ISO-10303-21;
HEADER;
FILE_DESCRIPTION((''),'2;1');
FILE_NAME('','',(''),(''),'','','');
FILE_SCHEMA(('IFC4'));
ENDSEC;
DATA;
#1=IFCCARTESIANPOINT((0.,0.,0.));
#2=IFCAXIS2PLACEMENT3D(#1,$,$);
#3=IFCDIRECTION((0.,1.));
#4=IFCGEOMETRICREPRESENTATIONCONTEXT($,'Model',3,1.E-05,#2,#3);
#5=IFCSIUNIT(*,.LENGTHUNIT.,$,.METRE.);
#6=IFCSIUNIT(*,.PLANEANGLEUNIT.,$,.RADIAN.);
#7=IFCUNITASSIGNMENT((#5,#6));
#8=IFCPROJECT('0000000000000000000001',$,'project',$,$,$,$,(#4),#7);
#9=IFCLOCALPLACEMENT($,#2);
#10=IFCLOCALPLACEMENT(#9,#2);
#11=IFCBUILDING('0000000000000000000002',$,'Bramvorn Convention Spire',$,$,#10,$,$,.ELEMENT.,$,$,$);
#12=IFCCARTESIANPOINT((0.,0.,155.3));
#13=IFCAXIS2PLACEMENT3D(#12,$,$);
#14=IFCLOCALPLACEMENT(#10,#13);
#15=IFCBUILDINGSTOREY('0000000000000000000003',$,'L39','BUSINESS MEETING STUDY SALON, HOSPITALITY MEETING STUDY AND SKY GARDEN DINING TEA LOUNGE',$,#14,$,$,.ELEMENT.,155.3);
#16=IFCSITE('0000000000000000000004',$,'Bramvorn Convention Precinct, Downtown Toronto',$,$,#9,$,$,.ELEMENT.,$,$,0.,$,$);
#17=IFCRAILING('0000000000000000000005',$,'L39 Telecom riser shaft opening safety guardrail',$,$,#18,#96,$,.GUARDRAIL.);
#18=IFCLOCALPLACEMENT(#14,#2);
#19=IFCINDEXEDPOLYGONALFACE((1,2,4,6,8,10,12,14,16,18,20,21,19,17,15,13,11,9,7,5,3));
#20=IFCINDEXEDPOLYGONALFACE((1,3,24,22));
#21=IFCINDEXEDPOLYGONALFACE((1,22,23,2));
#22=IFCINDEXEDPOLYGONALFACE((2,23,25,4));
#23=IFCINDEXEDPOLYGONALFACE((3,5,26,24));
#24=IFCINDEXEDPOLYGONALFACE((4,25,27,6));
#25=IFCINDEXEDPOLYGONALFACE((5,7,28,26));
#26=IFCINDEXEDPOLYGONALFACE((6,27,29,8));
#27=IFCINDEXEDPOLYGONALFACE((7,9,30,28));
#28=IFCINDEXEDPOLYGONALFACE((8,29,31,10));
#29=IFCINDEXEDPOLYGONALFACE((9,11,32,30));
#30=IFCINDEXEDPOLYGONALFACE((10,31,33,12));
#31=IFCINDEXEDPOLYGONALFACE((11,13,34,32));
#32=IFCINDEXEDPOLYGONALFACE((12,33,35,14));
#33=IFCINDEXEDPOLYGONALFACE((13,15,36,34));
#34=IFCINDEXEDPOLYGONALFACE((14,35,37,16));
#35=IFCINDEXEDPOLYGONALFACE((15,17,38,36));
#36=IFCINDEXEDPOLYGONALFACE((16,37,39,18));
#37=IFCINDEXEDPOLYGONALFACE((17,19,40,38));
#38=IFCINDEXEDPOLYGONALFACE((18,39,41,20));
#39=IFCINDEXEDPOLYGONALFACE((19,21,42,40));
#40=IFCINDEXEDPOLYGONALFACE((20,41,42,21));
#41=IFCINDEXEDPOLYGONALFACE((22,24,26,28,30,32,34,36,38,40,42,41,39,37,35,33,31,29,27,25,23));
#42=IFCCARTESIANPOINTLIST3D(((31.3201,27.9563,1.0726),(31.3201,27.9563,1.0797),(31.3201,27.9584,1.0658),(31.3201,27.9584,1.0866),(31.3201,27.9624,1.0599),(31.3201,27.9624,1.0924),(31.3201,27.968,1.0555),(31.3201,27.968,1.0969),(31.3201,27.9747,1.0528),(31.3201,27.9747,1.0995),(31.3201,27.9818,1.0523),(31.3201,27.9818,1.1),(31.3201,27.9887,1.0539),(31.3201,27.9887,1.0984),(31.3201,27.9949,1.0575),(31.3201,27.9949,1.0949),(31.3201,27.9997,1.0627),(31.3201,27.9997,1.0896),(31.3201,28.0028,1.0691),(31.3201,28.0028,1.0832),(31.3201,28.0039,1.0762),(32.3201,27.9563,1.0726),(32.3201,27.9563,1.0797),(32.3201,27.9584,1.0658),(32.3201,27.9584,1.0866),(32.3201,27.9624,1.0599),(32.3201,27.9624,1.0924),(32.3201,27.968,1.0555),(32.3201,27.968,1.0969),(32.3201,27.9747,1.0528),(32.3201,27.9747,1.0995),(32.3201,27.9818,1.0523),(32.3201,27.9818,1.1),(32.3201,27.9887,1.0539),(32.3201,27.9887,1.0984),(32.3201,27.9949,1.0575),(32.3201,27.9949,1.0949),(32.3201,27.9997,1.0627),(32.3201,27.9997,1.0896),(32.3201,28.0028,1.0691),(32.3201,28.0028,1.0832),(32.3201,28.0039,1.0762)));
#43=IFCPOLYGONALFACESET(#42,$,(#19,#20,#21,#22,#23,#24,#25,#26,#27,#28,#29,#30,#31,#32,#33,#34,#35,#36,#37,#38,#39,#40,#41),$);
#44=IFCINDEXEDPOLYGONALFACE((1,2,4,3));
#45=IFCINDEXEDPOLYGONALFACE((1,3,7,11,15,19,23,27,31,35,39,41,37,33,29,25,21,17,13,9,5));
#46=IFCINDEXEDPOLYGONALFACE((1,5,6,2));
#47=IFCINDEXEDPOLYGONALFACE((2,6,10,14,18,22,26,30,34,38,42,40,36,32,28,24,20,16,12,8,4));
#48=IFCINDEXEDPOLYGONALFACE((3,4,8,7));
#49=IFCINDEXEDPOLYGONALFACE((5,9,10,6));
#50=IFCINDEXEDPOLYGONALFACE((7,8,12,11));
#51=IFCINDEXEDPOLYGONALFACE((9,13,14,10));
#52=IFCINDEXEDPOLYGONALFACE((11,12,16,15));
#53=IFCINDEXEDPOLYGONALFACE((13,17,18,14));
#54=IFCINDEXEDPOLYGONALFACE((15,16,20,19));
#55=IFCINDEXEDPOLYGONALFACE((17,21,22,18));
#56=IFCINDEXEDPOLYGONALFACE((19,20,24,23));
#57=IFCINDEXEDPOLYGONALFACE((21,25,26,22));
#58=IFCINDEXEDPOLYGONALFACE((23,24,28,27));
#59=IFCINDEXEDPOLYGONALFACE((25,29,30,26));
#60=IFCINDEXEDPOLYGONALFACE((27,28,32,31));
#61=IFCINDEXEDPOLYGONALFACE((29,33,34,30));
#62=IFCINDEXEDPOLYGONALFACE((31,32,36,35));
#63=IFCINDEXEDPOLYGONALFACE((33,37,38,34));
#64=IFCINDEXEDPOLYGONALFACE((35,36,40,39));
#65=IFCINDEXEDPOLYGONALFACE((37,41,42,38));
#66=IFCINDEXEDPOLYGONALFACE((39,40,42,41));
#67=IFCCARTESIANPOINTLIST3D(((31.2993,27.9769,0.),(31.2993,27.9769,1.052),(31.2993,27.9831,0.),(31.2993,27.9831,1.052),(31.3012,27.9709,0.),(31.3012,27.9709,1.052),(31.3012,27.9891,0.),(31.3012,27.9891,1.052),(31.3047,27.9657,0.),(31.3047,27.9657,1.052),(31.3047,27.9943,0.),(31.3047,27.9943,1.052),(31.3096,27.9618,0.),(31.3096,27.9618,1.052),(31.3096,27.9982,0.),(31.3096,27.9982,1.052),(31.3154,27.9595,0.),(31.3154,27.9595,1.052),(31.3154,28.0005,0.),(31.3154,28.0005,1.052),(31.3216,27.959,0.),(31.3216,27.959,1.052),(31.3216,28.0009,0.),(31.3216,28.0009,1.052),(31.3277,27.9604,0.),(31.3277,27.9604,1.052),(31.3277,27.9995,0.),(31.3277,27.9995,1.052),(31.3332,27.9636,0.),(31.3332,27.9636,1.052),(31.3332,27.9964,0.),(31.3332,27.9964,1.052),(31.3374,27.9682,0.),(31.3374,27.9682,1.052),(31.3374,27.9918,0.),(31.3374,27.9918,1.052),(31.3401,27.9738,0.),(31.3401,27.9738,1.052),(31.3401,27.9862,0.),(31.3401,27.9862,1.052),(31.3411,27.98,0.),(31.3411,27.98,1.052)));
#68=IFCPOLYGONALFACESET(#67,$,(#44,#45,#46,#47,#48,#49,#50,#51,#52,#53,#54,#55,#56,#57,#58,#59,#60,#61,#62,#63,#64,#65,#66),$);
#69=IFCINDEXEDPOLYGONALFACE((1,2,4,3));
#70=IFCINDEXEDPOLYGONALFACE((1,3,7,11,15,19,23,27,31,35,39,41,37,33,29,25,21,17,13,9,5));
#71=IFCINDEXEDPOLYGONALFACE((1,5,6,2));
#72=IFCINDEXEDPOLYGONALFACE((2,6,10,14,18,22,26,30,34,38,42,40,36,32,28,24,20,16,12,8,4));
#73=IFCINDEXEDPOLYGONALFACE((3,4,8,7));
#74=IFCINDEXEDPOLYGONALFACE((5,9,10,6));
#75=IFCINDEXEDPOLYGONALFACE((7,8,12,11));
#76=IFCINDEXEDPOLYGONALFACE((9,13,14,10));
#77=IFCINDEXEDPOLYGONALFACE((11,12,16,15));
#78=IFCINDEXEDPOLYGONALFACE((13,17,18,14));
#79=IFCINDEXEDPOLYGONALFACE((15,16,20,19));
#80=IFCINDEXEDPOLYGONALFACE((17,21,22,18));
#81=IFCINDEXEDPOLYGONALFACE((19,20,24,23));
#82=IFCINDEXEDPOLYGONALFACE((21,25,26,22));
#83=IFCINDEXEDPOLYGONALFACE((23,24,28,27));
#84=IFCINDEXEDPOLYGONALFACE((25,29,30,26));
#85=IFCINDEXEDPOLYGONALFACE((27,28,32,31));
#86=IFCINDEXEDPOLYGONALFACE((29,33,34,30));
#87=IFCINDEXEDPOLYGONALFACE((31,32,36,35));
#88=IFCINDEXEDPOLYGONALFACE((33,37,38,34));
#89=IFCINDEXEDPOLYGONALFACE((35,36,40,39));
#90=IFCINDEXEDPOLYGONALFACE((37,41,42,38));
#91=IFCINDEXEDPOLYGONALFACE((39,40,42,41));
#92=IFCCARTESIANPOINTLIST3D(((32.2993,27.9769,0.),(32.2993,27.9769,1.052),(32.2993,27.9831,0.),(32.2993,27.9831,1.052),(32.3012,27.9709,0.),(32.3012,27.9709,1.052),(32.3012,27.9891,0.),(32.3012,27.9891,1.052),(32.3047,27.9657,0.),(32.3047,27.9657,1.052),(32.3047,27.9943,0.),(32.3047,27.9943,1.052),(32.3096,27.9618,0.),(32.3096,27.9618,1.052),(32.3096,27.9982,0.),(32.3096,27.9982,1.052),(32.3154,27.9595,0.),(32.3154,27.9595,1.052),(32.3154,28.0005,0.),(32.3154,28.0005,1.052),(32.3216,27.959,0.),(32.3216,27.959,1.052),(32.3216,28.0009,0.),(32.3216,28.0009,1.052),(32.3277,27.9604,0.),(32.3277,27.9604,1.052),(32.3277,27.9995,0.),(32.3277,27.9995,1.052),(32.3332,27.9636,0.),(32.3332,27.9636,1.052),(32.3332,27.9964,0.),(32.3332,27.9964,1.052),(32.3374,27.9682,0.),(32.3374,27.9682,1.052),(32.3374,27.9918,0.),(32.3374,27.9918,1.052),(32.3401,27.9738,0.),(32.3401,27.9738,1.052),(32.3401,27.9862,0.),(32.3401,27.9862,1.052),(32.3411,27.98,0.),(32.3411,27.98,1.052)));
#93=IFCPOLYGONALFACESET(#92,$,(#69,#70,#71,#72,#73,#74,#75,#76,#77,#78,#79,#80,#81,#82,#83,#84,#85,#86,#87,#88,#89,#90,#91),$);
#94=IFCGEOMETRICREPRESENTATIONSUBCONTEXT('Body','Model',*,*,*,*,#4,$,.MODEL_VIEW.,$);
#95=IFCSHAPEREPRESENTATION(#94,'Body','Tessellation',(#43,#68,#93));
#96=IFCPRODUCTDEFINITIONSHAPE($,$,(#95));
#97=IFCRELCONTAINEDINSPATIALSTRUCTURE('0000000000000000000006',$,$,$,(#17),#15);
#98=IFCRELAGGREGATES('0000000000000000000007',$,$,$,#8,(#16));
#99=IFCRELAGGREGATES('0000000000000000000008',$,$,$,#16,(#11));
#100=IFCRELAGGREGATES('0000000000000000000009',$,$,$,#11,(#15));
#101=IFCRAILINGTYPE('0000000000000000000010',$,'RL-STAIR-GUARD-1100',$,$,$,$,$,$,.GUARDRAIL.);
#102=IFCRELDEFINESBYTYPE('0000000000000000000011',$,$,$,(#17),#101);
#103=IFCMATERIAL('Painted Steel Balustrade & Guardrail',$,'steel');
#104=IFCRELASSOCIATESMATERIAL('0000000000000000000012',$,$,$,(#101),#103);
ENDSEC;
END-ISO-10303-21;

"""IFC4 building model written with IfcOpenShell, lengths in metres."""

from ifc_helpers import new_model, si_unit, direction, frame, origin, origin_2d, place, context, subcontext, project, spatial, circle, extrude, material, type_object, element, save


model = new_model("IFC4")

# Units and contexts
model_context = context("Model", 3, precision=1e-05, world=origin(), true_north=direction((0.0, 1.0)))
body_context = subcontext(model_context, "Body", "Model", "MODEL_VIEW")
ifc_project = project(units=[si_unit("LENGTHUNIT", "METRE"), si_unit("PLANEANGLEUNIT", "RADIAN")], contexts=[model_context])

# Site, building, storey
site_placement = place(None, origin())
site = spatial("IfcSite", under=ifc_project, at=site_placement, Name="Bramvorn Convention Precinct, Downtown Toronto", CompositionType="ELEMENT", RefElevation=0.0)
building_placement = place(site_placement, origin())
building = spatial("IfcBuilding", under=site, at=building_placement, Name="Bramvorn Convention Spire", CompositionType="ELEMENT")
storey_placement = place(building_placement, frame((0.0, 0.0, 155.3)))
storey = spatial("IfcBuildingStorey", under=building, at=storey_placement, Name="L39", Description="BUSINESS MEETING STUDY SALON, HOSPITALITY MEETING STUDY AND SKY GARDEN DINING TEA LOUNGE", CompositionType="ELEMENT", Elevation=155.3)

# Railing
ifc_material_1 = material(Name="Painted Steel Balustrade & Guardrail", Category="steel")
railing_type_1 = type_object("IfcRailingType", Name="RL-STAIR-GUARD-1100", PredefinedType="GUARDRAIL", material=ifc_material_1)
railing_1_placement = place(storey_placement, frame((31.3201, 27.98, 0.0)))
element("IfcRailing", 1, at=railing_1_placement, inside=storey, type_object=railing_type_1, Name="L39 Telecom riser shaft opening safety guardrail", PredefinedType="GUARDRAIL", context=body_context, shape_type="SweptSolid", body=[
    extrude(circle(Radius=0.0239, at=origin_2d()), frame((0.0, 0.0, 1.0762), z_axis=(1.0, 0.0, 0.0), x_axis=(0.0, 1.0, 0.0)), (0.0, 0.0, 1.0), 1.0),
    extrude(circle(Radius=0.021, at=origin_2d()), origin(), (0.0, 0.0, 1.0), 1.052),
    extrude(circle(Radius=0.021, at=origin_2d()), frame((1.0, 0.0, 0.0)), (0.0, 0.0, 1.0), 1.052),
])

save(model, "model.ifc")
